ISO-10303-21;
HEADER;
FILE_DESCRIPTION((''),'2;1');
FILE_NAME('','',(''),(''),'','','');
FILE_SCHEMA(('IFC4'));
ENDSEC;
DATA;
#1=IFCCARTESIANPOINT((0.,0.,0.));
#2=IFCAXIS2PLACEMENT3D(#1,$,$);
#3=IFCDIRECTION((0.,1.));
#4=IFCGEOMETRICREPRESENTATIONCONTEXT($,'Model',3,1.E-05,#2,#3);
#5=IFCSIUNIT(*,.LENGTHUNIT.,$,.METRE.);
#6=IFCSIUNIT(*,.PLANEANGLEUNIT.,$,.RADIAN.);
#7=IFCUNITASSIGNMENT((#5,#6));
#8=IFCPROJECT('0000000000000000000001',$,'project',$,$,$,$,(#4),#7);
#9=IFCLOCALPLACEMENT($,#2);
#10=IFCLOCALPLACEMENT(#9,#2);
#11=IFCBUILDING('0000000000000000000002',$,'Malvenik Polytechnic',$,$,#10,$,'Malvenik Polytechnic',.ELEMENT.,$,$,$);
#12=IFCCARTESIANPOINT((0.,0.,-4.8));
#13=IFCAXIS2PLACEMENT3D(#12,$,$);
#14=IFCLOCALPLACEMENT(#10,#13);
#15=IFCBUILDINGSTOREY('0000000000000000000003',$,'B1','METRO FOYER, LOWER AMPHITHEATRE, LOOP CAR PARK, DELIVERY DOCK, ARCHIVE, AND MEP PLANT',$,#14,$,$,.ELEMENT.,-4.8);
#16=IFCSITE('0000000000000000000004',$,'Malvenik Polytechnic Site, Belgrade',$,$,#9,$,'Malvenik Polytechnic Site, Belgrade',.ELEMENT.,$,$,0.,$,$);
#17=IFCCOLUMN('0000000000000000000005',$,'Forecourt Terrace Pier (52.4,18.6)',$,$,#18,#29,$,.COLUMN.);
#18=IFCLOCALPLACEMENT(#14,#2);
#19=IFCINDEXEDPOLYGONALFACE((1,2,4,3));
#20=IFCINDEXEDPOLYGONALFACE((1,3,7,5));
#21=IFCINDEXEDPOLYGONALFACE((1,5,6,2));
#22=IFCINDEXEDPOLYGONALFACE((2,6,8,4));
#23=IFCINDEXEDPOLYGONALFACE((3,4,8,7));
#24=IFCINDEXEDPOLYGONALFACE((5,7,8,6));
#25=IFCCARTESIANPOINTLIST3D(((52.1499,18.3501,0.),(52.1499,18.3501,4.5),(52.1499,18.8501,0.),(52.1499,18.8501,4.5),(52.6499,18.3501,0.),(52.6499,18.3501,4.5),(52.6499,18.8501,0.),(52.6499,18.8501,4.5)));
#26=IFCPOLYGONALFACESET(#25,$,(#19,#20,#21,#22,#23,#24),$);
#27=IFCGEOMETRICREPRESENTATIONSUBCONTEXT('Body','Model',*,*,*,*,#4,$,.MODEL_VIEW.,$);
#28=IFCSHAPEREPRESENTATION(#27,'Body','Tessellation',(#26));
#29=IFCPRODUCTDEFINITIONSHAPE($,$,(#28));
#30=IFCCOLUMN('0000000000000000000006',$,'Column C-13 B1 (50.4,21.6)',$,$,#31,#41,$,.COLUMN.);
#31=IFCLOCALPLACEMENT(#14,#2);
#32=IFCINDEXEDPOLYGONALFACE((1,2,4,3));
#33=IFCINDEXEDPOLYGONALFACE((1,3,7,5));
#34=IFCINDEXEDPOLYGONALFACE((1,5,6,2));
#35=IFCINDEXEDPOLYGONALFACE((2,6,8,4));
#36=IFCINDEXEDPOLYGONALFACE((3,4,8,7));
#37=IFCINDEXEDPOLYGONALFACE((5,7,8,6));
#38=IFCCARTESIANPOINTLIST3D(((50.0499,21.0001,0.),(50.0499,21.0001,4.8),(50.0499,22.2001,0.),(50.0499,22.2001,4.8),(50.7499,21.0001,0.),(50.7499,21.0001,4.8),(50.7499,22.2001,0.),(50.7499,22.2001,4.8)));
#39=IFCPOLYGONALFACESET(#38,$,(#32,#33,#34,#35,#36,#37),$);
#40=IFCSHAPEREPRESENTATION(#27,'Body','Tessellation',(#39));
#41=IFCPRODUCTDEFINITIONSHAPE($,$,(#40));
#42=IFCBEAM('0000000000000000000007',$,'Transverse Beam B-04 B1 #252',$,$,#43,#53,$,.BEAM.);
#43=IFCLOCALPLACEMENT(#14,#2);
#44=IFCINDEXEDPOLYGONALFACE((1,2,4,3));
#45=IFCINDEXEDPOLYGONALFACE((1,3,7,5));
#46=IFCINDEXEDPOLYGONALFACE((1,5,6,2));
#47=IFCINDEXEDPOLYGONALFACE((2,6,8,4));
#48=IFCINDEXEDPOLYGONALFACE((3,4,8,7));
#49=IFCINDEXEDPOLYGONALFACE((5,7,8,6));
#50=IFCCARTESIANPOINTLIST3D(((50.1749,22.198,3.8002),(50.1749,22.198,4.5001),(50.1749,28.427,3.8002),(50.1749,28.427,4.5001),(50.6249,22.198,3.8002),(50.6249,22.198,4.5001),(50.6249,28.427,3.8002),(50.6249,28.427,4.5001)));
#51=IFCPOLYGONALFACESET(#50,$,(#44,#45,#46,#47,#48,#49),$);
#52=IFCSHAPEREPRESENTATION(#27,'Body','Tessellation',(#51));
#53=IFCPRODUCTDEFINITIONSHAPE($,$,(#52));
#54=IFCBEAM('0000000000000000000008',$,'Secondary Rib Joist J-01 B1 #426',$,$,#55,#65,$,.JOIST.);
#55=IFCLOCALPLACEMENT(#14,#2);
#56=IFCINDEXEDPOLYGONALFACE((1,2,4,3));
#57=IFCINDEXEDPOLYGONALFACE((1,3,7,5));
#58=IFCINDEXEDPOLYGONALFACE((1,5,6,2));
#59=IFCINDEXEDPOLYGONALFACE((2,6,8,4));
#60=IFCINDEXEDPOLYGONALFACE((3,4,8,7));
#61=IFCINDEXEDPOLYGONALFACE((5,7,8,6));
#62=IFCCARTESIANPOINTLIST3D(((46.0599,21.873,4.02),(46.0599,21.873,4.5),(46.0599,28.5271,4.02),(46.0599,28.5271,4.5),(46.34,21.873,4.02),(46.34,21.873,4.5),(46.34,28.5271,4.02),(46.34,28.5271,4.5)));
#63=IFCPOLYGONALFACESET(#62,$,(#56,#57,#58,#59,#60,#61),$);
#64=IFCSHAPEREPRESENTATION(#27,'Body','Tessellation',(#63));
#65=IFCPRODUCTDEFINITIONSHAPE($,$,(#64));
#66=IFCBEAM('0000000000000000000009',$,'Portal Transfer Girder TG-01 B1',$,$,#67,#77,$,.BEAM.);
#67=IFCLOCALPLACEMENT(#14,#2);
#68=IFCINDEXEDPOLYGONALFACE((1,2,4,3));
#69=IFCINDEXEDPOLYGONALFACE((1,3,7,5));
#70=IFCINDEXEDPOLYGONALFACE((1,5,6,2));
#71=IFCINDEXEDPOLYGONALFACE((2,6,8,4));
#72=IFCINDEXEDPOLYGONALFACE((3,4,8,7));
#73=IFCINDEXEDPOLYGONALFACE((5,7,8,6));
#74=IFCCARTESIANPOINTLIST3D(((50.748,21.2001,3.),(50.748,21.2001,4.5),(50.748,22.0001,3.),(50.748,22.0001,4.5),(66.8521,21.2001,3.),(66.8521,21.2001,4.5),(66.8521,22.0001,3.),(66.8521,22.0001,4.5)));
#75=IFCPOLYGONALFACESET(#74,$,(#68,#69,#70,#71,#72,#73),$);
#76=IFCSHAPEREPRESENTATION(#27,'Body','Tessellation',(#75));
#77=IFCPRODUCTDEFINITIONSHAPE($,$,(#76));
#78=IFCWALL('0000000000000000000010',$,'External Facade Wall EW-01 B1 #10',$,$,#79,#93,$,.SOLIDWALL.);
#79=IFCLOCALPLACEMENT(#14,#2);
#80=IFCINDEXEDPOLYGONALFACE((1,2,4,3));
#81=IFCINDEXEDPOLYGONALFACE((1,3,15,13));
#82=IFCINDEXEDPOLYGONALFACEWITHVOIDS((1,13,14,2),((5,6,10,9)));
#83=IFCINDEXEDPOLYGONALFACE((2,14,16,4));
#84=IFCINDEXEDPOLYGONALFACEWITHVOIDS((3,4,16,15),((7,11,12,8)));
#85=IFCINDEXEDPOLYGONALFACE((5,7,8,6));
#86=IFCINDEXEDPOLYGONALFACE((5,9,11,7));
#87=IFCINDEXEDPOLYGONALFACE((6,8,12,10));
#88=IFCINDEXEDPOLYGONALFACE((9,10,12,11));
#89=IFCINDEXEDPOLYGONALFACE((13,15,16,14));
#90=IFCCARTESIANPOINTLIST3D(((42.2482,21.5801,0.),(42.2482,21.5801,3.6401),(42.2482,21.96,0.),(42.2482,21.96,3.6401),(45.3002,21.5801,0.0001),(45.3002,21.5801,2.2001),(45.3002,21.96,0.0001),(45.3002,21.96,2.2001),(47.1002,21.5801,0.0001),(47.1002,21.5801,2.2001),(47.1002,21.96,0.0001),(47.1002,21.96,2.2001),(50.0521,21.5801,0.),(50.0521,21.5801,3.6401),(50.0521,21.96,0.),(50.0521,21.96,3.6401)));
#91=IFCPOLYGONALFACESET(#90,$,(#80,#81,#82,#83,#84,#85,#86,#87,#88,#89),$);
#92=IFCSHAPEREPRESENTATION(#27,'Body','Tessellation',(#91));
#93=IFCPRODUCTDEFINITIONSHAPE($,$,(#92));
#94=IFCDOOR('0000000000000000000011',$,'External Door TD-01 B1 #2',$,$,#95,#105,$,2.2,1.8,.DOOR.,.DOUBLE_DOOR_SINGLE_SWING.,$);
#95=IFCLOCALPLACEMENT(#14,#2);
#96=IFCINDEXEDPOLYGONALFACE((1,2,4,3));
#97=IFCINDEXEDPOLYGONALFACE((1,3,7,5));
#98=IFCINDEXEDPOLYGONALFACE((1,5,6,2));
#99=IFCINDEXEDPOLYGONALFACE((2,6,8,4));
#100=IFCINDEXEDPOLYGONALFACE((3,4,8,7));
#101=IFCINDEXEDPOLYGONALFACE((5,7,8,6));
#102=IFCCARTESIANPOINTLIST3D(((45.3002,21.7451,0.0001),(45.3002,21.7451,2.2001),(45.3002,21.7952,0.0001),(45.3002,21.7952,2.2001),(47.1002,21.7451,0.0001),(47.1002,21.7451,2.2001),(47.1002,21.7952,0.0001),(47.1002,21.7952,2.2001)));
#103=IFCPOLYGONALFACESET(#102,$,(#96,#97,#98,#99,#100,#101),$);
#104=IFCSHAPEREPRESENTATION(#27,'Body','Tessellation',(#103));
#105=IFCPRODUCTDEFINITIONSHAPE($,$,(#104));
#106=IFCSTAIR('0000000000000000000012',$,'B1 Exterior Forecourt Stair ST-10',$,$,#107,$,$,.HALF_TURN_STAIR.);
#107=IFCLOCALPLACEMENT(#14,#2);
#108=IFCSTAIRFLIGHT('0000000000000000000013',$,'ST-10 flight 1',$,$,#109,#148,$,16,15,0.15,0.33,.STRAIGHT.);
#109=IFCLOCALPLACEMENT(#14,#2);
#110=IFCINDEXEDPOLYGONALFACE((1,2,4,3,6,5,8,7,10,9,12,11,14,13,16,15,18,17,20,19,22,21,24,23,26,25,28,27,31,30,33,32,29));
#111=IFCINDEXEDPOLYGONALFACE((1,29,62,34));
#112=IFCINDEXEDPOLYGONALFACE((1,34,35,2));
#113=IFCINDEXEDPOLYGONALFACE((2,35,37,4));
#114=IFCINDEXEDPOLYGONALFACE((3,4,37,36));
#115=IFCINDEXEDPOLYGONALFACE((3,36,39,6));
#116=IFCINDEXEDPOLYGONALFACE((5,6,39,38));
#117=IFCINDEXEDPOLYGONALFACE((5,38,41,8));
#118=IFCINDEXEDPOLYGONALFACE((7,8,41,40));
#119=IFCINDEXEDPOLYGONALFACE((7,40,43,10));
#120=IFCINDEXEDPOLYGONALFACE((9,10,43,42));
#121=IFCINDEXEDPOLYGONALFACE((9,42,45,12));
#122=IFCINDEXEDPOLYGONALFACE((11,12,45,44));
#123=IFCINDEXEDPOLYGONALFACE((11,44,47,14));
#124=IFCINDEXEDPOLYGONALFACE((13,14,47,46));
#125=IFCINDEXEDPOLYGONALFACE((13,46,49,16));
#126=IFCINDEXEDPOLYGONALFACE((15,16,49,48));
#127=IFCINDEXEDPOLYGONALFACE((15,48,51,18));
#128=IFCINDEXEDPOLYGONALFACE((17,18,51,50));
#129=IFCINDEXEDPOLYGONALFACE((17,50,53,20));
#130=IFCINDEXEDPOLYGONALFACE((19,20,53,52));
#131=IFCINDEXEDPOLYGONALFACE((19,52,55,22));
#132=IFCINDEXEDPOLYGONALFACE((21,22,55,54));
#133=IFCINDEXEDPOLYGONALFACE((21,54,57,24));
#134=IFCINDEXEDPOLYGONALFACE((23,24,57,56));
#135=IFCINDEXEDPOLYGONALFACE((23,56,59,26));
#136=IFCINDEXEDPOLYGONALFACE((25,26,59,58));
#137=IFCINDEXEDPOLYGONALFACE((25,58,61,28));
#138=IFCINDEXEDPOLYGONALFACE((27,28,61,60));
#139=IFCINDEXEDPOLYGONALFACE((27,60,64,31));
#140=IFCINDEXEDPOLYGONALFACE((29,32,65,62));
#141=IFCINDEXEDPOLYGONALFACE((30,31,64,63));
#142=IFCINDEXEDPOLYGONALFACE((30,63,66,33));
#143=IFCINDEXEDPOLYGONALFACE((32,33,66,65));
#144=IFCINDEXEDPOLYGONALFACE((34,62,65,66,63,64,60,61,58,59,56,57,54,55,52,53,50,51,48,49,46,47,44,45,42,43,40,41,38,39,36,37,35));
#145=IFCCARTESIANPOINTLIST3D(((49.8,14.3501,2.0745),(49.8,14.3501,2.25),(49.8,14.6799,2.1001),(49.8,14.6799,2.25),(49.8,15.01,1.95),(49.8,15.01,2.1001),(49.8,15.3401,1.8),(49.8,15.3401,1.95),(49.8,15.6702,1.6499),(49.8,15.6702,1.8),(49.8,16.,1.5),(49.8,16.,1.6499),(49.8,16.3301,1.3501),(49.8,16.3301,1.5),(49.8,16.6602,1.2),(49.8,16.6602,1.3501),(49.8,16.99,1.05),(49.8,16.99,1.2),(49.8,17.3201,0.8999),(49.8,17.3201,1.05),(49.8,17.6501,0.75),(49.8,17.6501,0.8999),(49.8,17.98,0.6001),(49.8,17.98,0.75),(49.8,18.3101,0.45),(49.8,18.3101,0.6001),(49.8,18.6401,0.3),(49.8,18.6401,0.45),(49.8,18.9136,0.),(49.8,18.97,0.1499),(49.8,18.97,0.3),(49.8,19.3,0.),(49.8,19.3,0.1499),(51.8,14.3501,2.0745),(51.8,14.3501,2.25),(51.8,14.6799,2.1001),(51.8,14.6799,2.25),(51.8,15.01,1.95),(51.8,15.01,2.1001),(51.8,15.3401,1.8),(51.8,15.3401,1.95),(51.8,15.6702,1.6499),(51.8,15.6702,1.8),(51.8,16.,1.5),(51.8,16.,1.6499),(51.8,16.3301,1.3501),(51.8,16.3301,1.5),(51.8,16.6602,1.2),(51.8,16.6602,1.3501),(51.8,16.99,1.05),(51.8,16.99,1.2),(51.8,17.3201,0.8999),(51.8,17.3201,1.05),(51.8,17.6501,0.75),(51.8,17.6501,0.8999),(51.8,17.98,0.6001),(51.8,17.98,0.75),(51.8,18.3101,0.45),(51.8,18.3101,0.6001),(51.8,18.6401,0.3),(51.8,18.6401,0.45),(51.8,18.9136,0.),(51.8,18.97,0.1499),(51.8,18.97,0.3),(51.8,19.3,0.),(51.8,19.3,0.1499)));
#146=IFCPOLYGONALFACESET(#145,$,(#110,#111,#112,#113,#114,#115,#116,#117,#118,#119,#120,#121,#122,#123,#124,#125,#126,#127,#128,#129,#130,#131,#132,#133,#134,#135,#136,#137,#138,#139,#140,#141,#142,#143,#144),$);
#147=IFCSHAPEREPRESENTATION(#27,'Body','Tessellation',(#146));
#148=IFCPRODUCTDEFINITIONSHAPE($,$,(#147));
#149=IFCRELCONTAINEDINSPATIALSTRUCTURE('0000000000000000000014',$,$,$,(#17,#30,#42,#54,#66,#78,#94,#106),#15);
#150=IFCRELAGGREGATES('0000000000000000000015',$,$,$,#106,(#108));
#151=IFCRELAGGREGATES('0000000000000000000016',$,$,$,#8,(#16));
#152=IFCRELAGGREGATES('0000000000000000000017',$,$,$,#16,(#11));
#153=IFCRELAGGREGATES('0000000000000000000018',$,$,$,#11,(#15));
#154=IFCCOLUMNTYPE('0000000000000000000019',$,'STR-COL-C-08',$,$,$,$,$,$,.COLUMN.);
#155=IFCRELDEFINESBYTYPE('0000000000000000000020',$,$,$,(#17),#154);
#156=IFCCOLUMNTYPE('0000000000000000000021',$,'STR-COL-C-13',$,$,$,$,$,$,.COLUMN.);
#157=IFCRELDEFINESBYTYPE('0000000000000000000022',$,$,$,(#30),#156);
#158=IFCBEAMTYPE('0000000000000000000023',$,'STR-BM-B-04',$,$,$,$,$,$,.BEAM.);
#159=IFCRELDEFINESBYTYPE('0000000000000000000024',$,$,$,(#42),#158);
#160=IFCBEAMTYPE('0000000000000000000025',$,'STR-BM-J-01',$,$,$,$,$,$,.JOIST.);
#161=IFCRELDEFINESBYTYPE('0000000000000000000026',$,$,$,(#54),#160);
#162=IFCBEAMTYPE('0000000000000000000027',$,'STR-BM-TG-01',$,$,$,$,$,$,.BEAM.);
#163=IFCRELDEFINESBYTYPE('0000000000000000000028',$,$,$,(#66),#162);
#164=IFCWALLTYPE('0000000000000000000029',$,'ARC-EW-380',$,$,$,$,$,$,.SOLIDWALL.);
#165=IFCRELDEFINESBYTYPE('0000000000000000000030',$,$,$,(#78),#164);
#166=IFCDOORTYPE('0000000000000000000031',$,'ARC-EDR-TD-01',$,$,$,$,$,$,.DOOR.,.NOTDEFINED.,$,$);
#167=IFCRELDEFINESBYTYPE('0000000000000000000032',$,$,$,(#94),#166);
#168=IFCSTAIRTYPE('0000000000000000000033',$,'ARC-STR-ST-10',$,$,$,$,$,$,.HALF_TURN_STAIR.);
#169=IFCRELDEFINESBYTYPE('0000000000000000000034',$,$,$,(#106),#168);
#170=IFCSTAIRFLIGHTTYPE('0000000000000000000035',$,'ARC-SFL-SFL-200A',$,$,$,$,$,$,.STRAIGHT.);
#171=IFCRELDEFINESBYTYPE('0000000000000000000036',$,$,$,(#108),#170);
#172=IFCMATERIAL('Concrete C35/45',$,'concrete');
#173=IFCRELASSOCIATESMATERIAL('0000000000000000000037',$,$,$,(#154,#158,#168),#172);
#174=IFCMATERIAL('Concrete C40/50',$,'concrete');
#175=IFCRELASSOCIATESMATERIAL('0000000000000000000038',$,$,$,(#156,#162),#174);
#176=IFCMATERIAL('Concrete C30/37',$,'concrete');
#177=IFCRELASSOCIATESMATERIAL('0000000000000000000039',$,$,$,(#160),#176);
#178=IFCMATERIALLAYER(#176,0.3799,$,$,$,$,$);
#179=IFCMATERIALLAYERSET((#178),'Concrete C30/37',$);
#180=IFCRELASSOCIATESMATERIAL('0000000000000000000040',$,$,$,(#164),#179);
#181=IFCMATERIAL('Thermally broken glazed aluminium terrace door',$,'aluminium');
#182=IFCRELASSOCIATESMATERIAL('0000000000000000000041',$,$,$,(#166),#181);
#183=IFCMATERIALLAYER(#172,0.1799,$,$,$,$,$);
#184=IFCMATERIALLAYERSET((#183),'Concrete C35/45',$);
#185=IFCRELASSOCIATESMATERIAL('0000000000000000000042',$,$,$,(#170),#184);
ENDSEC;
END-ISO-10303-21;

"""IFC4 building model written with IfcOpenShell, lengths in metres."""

from ifc_helpers import new_model, si_unit, direction, frame, frame_2d, origin, origin_2d, place, context, subcontext, project, spatial, polyline, rectangle, outline, extrude, material, layer, layer_set, material_profile, profile_set, type_object, element, fill, aggregate, save


model = new_model("IFC4")

# Units and contexts
model_context = context("Model", 3, precision=1e-05, world=origin(), true_north=direction((0.0, 1.0)))
body_context = subcontext(model_context, "Body", "Model", "MODEL_VIEW")
ifc_project = project(units=[si_unit("LENGTHUNIT", "METRE"), si_unit("PLANEANGLEUNIT", "RADIAN")], contexts=[model_context])

# Site, building, storey
site_placement = place(None, origin())
site = spatial("IfcSite", under=ifc_project, at=site_placement, Name="Malvenik Polytechnic Site, Belgrade", LongName="Malvenik Polytechnic Site, Belgrade", CompositionType="ELEMENT", RefElevation=0.0)
building_placement = place(site_placement, origin())
building = spatial("IfcBuilding", under=site, at=building_placement, Name="Malvenik Polytechnic", LongName="Malvenik Polytechnic", CompositionType="ELEMENT")
storey_placement = place(building_placement, frame((0.0, 0.0, -4.8)))
storey = spatial("IfcBuildingStorey", under=building, at=storey_placement, Name="B1", Description="METRO FOYER, LOWER AMPHITHEATRE, LOOP CAR PARK, DELIVERY DOCK, ARCHIVE, AND MEP PLANT", CompositionType="ELEMENT", Elevation=-4.8)

# Shared definitions
ifc_material_1 = material(Name="Concrete C35/45", Category="concrete")

# Columns
ifc_material_profile_1 = material_profile(ifc_material_1, rectangle(XDim=0.5, YDim=0.5, at=origin_2d()), Name="RC COL 500x500")
ifc_profile_set_1 = profile_set([ifc_material_profile_1], Name="Concrete C35/45")
column_type_1 = type_object("IfcColumnType", Name="STR-COL-C-08", PredefinedType="COLUMN", material=ifc_profile_set_1)
column_1_placement = place(storey_placement, frame((52.3999, 18.6001, 0.0), z_axis=(0.0, 0.0, 1.0), x_axis=(1.0, 0.0, 0.0)))
element("IfcColumn", 1, at=column_1_placement, inside=storey, type_object=column_type_1, Name="Forecourt Terrace Pier (52.4,18.6)", PredefinedType="COLUMN", context=body_context, shape_type="SweptSolid", body=[
    extrude(rectangle(XDim=0.5, YDim=0.5, at=origin_2d()), origin(), (0.0, 0.0, 1.0), 4.5),
])
ifc_material_2 = material(Name="Concrete C40/50", Category="concrete")
ifc_material_profile_2 = material_profile(ifc_material_2, rectangle(XDim=0.7, YDim=1.2, at=origin_2d()), Name="RC COL 1200x700")
ifc_profile_set_2 = profile_set([ifc_material_profile_2], Name="Concrete C40/50")
column_type_2 = type_object("IfcColumnType", Name="STR-COL-C-13", PredefinedType="COLUMN", material=ifc_profile_set_2)
column_2_placement = place(storey_placement, frame((50.3999, 21.6001, 0.0), z_axis=(0.0, 0.0, 1.0), x_axis=(1.0, 0.0, 0.0)))
element("IfcColumn", 2, at=column_2_placement, inside=storey, type_object=column_type_2, Name="Column C-13 B1 (50.4,21.6)", PredefinedType="COLUMN", context=body_context, shape_type="SweptSolid", body=[
    extrude(rectangle(XDim=0.7, YDim=1.2, at=origin_2d()), origin(), (0.0, 0.0, 1.0), 4.8),
])

# Beams
ifc_material_profile_3 = material_profile(ifc_material_1, rectangle(XDim=0.45, YDim=0.7, at=origin_2d()), Name="RC BM 450x700")
ifc_profile_set_3 = profile_set([ifc_material_profile_3], Name="Concrete C35/45")
beam_type_1 = type_object("IfcBeamType", Name="STR-BM-B-04", PredefinedType="BEAM", material=ifc_profile_set_3)
beam_1_placement = place(storey_placement, frame((50.3999, 22.198, 4.1501), z_axis=(0.0, 1.0, 0.0), x_axis=(-1.0, 0.0, 0.0)))
element("IfcBeam", 3, at=beam_1_placement, inside=storey, type_object=beam_type_1, Name="Transverse Beam B-04 B1 #252", PredefinedType="BEAM", context=body_context, shape_type="SweptSolid", body=[
    extrude(rectangle(XDim=0.45, YDim=0.7, at=origin_2d()), origin(), (0.0, 0.0, 1.0), 6.229),
])
ifc_material_3 = material(Name="Concrete C30/37", Category="concrete")
ifc_material_profile_4 = material_profile(ifc_material_3, rectangle(XDim=0.28, YDim=0.48, at=origin_2d()), Name="RC JST 280x480")
ifc_profile_set_4 = profile_set([ifc_material_profile_4], Name="Concrete C30/37")
beam_type_2 = type_object("IfcBeamType", Name="STR-BM-J-01", PredefinedType="JOIST", material=ifc_profile_set_4)
beam_2_placement = place(storey_placement, frame((46.2, 21.873, 4.26), z_axis=(0.0, 1.0, 0.0), x_axis=(-1.0, 0.0, 0.0)))
element("IfcBeam", 4, at=beam_2_placement, inside=storey, type_object=beam_type_2, Name="Secondary Rib Joist J-01 B1 #426", PredefinedType="JOIST", context=body_context, shape_type="SweptSolid", body=[
    extrude(rectangle(XDim=0.28, YDim=0.48, at=origin_2d()), origin(), (0.0, 0.0, 1.0), 6.6541),
])
ifc_material_profile_5 = material_profile(ifc_material_2, rectangle(XDim=0.8, YDim=1.5, at=origin_2d()), Name="RC TG 800x1500")
ifc_profile_set_5 = profile_set([ifc_material_profile_5], Name="Concrete C40/50")
beam_type_3 = type_object("IfcBeamType", Name="STR-BM-TG-01", PredefinedType="BEAM", material=ifc_profile_set_5)
beam_3_placement = place(storey_placement, frame((50.748, 21.6001, 3.75), z_axis=(1.0, 0.0, 0.0), x_axis=(0.0, 1.0, 0.0)))
element("IfcBeam", 5, at=beam_3_placement, inside=storey, type_object=beam_type_3, Name="Portal Transfer Girder TG-01 B1", PredefinedType="BEAM", context=body_context, shape_type="SweptSolid", body=[
    extrude(rectangle(XDim=0.8, YDim=1.5, at=origin_2d()), origin(), (0.0, 0.0, 1.0), 16.104),
])

# Wall, opening, door
ifc_layer_1 = layer(ifc_material_3, 0.3799)
ifc_layer_set_1 = layer_set([ifc_layer_1], Name="Concrete C30/37")
wall_type = type_object("IfcWallType", Name="ARC-EW-380", PredefinedType="SOLIDWALL", material=ifc_layer_set_1)
wall_placement = place(storey_placement, frame((50.052, 21.77, 0.0), z_axis=(0.0, 0.0, 1.0), x_axis=(-1.0, 0.0, 0.0)))
wall = element("IfcWall", 6, at=wall_placement, inside=storey, type_object=wall_type, Name="External Facade Wall EW-01 B1 #10", PredefinedType="SOLIDWALL", context=body_context, shape_type="SweptSolid", body=[
    extrude(rectangle(XDim=7.804, YDim=0.3799, at=frame_2d((3.9019, 0.0))), origin(), (0.0, 0.0, 1.0), 3.6401),
])
opening_placement = place(wall_placement, frame((2.9519, 0.0, 0.0)))
opening = element("IfcOpeningElement", 7, at=opening_placement, cuts=wall, PredefinedType="OPENING", context=body_context, shape_type="SweptSolid", body=[
    extrude(rectangle(XDim=1.8, YDim=2.2, at=frame_2d((0.8999, 1.1001))), frame((0.0, 0.2, 0.0), z_axis=(0.0, -1.0, 0.0), x_axis=(1.0, 0.0, 0.0)), (0.0, 0.0, 1.0), 0.3999),
])
ifc_material_4 = material(Name="Thermally broken glazed aluminium terrace door", Category="aluminium")
door_type = type_object("IfcDoorType", Name="ARC-EDR-TD-01", OperationType="NOTDEFINED", PredefinedType="DOOR", material=ifc_material_4)
door_placement = place(opening_placement, origin())
door = element("IfcDoor", 8, at=door_placement, inside=storey, type_object=door_type, Name="External Door TD-01 B1 #2", OperationType="DOUBLE_DOOR_SINGLE_SWING", OverallHeight=2.2, OverallWidth=1.8, PredefinedType="DOOR", context=body_context, shape_type="SweptSolid", body=[
    extrude(rectangle(XDim=1.8, YDim=2.2, at=frame_2d((0.8999, 1.1001))), frame((0.0, 0.0249, 0.0), z_axis=(0.0, -1.0, 0.0), x_axis=(1.0, 0.0, 0.0)), (0.0, 0.0, 1.0), 0.05),
])
fill(opening, door)

# Stair, stair flight
stair_type = type_object("IfcStairType", Name="ARC-STR-ST-10", PredefinedType="HALF_TURN_STAIR", material=ifc_material_1)
stair_placement = place(storey_placement, origin())
stair = element("IfcStair", 9, at=stair_placement, inside=storey, type_object=stair_type, Name="B1 Exterior Forecourt Stair ST-10", PredefinedType="HALF_TURN_STAIR")
ifc_layer_2 = layer(ifc_material_1, 0.1799)
ifc_layer_set_2 = layer_set([ifc_layer_2], Name="Concrete C35/45")
stair_flight_type = type_object("IfcStairFlightType", Name="ARC-SFL-SFL-200A", PredefinedType="STRAIGHT", material=ifc_layer_set_2)
stair_flight_1_placement = place(storey_placement, frame((50.8, 19.3, 0.0), z_axis=(0.0, 0.0, 1.0), x_axis=(0.0, -1.0, 0.0)))
stair_flight_1 = element("IfcStairFlight", 10, at=stair_flight_1_placement, type_object=stair_flight_type, Name="ST-10 flight 1", NumberOfRisers=16, NumberOfTreads=15, PredefinedType="STRAIGHT", RiserHeight=0.15, TreadLength=0.33, context=body_context, shape_type="SweptSolid", body=[
    extrude(outline(polyline([(0.0, 0.0), (0.0, 0.1499), (0.3301, 0.1499), (0.3301, 0.3), (0.6599, 0.3), (0.6599, 0.45), (0.99, 0.45), (0.99, 0.6001), (1.3201, 0.6001), (1.3201, 0.75), (1.6499, 0.75), (1.6499, 0.8999), (1.98, 0.8999), (1.98, 1.05), (2.3101, 1.05), (2.3101, 1.2), (2.6399, 1.2), (2.6399, 1.3501), (2.97, 1.3501), (2.97, 1.5), (3.3, 1.5), (3.3, 1.6499), (3.6299, 1.6499), (3.6299, 1.8), (3.96, 1.8), (3.96, 1.95), (4.29, 1.95), (4.29, 2.1001), (4.6201, 2.1001), (4.6201, 2.25), (4.95, 2.25), (4.95, 2.3999), (4.95, 2.0745), (0.3865, 0.0), (0.0, 0.0)])), frame((0.0, 1.0, 0.0), z_axis=(0.0, -1.0, 0.0), x_axis=(1.0, 0.0, 0.0)), (0.0, 0.0, 1.0), 2.0),
])
aggregate(stair, [stair_flight_1])

save(model, "model.ifc")
